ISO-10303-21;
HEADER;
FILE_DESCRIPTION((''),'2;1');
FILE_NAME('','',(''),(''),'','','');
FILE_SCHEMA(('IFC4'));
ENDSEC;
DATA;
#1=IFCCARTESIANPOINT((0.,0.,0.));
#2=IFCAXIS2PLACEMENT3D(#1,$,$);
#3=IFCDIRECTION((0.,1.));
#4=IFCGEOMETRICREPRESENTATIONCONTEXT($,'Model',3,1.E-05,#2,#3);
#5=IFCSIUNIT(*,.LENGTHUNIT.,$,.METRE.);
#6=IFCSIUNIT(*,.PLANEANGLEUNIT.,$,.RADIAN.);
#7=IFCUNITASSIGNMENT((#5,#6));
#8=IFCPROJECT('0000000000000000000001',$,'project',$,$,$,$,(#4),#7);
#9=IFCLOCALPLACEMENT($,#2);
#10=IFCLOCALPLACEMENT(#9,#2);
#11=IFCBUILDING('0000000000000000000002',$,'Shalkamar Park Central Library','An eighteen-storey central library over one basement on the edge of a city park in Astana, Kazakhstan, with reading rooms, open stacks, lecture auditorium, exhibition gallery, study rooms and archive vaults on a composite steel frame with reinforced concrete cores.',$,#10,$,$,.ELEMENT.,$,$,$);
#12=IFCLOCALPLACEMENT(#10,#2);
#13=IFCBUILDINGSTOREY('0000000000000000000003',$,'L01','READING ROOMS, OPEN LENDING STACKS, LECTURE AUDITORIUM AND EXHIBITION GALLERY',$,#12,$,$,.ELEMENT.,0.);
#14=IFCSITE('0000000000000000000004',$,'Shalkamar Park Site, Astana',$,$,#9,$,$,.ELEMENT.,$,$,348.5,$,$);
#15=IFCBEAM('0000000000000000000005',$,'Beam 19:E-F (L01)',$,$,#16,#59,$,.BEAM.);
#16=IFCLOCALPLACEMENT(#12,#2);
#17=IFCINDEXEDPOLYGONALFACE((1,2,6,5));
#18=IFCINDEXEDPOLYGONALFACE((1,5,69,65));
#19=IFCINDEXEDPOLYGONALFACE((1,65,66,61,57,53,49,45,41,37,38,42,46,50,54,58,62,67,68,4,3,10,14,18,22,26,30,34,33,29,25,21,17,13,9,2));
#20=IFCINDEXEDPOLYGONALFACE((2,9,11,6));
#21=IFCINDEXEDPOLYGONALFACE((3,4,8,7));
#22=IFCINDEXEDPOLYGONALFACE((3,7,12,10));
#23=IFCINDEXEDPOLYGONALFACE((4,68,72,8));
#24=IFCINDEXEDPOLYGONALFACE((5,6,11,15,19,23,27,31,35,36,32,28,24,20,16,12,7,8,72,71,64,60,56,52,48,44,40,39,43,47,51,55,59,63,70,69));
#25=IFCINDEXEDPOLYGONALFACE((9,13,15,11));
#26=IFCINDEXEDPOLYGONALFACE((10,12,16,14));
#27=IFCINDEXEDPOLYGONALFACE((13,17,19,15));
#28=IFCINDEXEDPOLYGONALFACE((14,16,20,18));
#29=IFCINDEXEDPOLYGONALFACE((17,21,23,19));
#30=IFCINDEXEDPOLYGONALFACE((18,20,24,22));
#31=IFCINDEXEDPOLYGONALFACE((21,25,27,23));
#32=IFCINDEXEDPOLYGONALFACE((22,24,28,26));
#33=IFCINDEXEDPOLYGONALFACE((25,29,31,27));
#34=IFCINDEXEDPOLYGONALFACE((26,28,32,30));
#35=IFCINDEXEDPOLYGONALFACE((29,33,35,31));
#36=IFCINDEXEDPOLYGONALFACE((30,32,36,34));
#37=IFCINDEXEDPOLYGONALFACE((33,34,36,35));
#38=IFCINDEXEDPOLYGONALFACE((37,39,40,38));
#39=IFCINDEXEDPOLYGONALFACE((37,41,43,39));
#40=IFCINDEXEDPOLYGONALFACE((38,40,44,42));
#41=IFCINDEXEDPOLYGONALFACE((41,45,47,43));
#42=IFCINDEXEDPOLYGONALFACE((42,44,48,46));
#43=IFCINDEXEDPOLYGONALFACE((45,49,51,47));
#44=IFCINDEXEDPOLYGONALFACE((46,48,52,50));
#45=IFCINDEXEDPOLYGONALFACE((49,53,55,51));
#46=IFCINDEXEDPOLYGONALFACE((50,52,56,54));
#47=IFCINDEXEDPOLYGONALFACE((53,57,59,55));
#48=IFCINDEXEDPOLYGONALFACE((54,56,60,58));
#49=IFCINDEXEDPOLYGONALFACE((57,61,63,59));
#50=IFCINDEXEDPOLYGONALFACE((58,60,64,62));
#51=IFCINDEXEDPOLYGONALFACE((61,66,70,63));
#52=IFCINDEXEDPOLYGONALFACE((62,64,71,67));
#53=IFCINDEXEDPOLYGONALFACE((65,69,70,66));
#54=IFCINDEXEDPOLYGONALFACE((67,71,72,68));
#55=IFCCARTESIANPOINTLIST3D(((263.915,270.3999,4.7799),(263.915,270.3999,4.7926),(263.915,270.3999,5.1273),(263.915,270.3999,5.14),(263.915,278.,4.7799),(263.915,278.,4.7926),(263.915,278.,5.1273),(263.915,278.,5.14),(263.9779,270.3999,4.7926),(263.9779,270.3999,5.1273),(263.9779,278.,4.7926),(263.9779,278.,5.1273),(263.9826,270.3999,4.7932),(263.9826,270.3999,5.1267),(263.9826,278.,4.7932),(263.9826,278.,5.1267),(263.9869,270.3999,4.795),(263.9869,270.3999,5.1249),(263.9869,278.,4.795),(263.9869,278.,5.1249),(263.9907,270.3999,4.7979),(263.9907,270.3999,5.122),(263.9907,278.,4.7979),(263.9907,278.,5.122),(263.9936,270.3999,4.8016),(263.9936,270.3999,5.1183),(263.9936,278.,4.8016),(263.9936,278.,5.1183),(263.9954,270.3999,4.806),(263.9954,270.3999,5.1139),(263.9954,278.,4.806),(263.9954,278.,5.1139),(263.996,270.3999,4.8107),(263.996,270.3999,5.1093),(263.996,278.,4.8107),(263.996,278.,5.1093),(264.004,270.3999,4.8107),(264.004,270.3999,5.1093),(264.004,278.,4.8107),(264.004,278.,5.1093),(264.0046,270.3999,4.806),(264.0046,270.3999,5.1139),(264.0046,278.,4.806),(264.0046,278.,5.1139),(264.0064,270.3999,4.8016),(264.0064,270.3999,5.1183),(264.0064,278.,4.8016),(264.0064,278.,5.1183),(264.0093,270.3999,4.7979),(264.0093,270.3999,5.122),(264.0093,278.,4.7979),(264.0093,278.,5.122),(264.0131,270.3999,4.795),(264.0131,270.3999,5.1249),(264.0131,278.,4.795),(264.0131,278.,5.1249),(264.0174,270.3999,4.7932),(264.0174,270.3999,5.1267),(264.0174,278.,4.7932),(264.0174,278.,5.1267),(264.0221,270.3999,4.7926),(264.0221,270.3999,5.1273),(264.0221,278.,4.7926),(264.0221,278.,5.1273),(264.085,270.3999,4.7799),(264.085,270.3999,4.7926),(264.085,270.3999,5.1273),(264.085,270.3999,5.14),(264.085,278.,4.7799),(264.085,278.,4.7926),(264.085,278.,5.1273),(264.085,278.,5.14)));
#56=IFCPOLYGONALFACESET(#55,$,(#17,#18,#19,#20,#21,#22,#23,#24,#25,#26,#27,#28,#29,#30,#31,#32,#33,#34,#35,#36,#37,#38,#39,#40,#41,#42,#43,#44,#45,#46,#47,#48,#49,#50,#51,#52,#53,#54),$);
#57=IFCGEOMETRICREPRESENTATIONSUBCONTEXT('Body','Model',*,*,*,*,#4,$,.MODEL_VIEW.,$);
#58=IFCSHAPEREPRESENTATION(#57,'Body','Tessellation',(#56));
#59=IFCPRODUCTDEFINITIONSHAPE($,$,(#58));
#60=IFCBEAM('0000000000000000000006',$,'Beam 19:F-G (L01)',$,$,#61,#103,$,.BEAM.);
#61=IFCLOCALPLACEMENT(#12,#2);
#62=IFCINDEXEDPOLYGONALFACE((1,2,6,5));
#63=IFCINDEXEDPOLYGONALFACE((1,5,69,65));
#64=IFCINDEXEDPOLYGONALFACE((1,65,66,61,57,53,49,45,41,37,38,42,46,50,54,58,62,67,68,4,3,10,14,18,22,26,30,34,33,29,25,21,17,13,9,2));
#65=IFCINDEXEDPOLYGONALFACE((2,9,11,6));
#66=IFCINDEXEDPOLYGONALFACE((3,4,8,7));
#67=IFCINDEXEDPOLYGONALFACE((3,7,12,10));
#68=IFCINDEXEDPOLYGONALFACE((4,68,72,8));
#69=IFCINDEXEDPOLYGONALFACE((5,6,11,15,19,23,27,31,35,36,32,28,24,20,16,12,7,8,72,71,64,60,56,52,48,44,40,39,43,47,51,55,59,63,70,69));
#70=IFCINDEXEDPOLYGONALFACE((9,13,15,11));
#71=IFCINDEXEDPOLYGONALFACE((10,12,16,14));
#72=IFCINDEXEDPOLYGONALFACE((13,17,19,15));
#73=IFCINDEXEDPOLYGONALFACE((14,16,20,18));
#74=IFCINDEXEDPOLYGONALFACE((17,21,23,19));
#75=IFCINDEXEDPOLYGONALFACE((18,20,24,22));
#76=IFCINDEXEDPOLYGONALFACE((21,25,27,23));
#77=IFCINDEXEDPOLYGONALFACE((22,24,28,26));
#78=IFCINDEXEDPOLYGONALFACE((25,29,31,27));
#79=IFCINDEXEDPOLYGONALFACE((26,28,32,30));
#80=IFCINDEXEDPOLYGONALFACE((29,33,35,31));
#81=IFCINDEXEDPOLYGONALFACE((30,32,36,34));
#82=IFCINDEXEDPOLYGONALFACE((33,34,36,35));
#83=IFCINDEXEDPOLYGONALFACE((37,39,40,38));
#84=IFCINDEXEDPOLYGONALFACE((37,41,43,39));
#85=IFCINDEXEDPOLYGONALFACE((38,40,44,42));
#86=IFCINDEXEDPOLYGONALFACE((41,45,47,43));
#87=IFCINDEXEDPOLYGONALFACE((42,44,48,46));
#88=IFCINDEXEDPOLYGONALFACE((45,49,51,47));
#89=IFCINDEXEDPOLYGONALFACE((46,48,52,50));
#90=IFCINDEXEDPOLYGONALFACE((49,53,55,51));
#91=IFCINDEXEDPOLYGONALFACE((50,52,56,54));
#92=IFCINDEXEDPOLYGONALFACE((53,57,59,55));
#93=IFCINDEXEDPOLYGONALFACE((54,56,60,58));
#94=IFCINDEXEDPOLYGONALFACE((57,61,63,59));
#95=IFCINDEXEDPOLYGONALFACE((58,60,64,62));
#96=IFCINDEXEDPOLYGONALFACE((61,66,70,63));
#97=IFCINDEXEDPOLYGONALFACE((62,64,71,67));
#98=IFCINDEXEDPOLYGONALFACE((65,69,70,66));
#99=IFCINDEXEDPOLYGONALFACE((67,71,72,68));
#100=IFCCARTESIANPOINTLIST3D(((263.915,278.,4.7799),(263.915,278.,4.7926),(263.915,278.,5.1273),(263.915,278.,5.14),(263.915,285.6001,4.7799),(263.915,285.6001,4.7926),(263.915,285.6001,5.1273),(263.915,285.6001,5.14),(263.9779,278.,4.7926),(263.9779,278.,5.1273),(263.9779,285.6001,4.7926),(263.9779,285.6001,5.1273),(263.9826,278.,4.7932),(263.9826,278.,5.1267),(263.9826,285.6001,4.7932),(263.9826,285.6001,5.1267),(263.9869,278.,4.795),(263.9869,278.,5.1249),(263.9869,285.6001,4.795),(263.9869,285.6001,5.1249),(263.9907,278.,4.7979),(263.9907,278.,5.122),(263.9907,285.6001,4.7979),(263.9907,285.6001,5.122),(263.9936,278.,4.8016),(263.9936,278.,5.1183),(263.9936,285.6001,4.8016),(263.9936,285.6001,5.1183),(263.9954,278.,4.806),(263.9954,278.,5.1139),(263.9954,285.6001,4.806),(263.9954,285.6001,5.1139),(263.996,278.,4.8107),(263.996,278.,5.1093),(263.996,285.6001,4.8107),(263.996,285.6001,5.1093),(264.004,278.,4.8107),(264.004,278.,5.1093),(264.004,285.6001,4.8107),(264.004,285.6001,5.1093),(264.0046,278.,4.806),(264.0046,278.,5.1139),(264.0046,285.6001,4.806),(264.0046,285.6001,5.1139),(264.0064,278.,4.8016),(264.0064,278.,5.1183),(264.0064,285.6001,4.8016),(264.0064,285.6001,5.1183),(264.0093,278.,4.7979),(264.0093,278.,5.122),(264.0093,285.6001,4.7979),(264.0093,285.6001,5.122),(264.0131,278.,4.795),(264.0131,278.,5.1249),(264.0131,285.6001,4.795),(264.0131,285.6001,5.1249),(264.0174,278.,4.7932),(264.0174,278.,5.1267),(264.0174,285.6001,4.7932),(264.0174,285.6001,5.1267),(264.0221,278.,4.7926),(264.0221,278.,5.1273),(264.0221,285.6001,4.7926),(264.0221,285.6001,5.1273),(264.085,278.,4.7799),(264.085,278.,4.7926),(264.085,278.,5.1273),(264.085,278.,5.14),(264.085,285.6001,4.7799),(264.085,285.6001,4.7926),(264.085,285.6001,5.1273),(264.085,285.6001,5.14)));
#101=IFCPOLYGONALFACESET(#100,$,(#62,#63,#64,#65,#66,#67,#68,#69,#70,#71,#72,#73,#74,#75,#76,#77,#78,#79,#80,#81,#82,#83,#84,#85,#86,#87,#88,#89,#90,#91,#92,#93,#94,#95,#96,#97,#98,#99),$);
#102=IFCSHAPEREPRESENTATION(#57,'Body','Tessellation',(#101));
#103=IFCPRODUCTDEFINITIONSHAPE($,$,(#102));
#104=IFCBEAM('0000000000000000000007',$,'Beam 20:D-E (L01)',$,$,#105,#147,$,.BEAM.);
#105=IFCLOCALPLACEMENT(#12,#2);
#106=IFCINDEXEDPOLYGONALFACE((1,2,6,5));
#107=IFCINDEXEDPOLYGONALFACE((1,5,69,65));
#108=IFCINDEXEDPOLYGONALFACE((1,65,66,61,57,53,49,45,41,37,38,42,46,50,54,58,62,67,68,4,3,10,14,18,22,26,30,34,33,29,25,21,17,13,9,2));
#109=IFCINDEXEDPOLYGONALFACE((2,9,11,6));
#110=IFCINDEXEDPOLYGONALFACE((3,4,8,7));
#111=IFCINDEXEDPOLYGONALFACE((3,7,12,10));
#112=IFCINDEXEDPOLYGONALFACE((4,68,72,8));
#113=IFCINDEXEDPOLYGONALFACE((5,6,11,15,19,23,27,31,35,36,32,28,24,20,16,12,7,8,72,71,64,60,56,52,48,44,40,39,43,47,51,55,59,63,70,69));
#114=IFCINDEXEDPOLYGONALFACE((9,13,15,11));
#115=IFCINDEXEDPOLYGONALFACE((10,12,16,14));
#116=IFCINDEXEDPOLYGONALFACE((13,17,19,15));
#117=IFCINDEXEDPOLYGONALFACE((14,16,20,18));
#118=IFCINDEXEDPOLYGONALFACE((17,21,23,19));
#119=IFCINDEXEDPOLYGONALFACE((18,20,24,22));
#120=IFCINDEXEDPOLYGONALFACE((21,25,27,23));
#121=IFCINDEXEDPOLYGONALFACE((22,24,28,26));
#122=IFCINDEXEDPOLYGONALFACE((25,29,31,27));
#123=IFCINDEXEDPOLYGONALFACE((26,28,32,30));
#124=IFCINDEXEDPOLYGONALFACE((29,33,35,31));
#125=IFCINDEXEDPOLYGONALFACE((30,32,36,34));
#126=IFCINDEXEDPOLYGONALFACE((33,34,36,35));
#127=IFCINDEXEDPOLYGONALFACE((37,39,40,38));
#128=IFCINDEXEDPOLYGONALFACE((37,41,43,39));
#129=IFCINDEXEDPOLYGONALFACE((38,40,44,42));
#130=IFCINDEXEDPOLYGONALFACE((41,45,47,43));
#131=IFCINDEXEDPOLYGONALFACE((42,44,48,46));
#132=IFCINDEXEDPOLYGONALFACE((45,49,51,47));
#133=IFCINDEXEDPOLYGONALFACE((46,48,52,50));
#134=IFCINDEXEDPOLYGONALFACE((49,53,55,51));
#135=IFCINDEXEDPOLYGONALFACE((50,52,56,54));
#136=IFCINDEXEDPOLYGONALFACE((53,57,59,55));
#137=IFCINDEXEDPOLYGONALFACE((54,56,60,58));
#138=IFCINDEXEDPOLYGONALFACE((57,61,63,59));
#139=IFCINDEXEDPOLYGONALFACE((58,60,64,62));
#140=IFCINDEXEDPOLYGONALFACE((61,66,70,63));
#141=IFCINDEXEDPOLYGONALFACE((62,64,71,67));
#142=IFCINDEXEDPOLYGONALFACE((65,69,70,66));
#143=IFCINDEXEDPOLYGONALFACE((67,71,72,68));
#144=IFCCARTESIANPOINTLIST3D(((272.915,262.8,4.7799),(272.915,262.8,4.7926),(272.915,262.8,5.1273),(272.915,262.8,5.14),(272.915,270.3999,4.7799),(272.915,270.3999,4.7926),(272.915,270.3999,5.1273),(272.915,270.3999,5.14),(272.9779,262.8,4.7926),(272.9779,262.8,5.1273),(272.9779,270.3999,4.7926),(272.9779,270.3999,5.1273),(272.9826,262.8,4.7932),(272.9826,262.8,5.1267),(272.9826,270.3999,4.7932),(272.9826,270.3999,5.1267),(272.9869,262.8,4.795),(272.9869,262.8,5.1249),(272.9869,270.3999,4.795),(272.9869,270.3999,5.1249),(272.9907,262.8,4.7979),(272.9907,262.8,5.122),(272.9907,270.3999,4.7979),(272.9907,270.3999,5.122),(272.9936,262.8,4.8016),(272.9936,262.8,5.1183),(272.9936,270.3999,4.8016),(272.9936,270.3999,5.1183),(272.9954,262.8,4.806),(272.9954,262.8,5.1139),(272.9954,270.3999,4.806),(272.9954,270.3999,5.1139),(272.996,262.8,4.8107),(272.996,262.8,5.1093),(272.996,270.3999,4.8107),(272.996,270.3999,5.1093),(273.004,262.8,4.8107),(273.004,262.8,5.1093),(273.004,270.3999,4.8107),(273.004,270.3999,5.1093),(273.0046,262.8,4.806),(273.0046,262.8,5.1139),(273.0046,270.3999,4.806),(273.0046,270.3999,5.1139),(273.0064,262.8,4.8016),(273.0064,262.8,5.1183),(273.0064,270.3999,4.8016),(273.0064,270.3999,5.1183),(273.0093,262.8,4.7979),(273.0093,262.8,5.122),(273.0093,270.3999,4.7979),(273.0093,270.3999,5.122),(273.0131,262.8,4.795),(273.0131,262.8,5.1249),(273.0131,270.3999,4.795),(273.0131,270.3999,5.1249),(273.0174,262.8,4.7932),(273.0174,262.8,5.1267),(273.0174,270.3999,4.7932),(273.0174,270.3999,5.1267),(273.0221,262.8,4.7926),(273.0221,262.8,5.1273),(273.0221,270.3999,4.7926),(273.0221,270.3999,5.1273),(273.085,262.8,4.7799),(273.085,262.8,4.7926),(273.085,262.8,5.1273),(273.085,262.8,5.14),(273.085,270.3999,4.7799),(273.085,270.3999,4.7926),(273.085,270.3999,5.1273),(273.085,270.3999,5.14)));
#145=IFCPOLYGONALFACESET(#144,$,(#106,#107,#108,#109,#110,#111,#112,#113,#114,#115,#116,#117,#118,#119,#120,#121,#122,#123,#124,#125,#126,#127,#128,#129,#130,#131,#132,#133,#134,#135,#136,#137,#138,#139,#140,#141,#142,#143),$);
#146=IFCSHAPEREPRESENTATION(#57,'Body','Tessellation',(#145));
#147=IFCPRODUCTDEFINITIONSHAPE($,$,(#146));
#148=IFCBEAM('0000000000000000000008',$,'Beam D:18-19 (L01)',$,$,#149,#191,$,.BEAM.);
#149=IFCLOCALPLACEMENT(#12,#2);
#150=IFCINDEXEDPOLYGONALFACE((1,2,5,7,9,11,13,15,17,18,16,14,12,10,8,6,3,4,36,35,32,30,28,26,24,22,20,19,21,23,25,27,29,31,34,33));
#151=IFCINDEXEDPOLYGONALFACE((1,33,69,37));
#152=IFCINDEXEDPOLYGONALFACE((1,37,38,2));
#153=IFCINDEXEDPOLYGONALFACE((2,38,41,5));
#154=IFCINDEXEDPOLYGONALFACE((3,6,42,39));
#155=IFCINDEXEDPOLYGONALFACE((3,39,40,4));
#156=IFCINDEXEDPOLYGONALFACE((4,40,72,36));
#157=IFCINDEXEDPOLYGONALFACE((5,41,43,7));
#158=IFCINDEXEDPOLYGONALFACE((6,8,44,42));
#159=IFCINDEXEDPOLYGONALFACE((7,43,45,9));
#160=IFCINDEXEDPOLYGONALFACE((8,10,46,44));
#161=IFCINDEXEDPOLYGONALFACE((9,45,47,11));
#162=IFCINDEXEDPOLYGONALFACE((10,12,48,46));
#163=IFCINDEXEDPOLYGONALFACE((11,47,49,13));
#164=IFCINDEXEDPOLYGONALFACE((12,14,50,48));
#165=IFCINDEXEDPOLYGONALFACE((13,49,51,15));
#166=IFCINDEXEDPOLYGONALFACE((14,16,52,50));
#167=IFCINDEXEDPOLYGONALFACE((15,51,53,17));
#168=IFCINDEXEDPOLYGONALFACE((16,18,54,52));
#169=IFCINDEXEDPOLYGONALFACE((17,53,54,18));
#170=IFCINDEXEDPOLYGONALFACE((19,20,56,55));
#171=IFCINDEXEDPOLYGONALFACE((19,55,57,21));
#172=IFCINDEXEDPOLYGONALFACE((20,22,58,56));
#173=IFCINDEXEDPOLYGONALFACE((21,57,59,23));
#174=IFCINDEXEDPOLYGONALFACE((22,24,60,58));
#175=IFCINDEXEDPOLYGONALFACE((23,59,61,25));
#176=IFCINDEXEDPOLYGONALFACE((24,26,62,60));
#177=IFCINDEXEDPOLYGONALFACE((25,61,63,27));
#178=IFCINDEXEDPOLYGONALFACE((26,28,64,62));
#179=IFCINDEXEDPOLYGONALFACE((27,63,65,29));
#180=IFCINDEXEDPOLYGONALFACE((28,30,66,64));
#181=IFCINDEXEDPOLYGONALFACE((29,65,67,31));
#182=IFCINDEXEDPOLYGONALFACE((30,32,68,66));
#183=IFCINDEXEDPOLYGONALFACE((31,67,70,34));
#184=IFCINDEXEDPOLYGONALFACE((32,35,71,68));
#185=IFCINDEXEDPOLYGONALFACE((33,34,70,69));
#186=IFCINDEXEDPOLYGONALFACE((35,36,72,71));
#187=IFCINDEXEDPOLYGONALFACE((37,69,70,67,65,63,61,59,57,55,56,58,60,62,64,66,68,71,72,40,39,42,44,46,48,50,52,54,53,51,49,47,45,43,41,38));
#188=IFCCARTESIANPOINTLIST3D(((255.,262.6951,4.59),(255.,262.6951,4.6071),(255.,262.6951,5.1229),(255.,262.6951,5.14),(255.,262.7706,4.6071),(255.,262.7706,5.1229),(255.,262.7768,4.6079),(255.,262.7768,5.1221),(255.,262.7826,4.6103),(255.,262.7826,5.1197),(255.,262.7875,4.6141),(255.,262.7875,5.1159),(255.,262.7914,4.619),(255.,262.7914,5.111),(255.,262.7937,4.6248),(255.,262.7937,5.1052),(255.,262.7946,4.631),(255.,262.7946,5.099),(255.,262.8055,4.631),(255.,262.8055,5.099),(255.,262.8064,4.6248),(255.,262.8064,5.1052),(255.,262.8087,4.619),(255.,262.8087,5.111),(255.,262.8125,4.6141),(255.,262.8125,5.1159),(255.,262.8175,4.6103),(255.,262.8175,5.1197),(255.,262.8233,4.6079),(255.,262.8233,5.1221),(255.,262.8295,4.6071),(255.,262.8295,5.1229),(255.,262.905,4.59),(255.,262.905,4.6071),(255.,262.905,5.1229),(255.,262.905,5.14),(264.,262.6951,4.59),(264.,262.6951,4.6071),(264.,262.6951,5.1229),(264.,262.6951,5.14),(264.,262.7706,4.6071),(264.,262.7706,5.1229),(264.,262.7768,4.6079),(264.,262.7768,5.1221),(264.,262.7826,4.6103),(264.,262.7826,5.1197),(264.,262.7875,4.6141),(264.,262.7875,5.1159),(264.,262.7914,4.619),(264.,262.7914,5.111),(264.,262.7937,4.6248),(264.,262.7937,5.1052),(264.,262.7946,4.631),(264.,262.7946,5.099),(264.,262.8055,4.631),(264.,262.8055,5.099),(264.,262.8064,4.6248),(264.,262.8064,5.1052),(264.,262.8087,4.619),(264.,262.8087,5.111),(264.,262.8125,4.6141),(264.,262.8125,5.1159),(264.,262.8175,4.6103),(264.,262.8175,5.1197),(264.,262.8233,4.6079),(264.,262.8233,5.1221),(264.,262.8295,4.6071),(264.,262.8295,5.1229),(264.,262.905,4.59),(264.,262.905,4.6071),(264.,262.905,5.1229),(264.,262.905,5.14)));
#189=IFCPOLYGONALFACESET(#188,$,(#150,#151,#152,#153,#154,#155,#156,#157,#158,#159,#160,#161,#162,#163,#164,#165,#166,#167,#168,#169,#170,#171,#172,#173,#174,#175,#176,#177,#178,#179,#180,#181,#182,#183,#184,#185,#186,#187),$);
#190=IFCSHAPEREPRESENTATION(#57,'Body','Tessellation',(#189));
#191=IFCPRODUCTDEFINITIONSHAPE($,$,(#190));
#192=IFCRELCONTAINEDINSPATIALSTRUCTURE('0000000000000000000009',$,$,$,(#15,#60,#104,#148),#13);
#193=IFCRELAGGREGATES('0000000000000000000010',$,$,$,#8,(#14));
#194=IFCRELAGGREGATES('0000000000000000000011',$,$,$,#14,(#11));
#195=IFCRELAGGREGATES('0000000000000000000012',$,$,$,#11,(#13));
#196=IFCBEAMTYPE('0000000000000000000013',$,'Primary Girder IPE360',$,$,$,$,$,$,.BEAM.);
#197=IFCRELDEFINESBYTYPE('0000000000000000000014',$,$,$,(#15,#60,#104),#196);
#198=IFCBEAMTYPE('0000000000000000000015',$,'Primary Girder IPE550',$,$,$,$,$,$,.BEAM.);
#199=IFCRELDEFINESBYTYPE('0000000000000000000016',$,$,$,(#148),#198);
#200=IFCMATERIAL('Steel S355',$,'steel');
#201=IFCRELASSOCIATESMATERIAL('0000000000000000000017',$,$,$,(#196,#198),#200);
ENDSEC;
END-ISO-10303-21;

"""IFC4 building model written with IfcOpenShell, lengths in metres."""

from ifc_helpers import new_model, si_unit, direction, frame, origin, origin_2d, place, context, subcontext, project, spatial, i_section, extrude, material, material_profile, profile_set, type_object, element, save


model = new_model("IFC4")

# Units and contexts
model_context = context("Model", 3, precision=1e-05, world=origin(), true_north=direction((0.0, 1.0)))
body_context = subcontext(model_context, "Body", "Model", "MODEL_VIEW")
ifc_project = project(units=[si_unit("LENGTHUNIT", "METRE"), si_unit("PLANEANGLEUNIT", "RADIAN")], contexts=[model_context])

# Site, building, storey
site_placement = place(None, origin())
site = spatial("IfcSite", under=ifc_project, at=site_placement, Name="Shalkamar Park Site, Astana", CompositionType="ELEMENT", RefElevation=348.5)
building_placement = place(site_placement, origin())
building = spatial("IfcBuilding", under=site, at=building_placement, Name="Shalkamar Park Central Library", Description="An eighteen-storey central library over one basement on the edge of a city park in Astana, Kazakhstan, with reading rooms, open stacks, lecture auditorium, exhibition gallery, study rooms and archive vaults on a composite steel frame with reinforced concrete cores.", CompositionType="ELEMENT")
storey_placement = place(building_placement, origin())
storey = spatial("IfcBuildingStorey", under=building, at=storey_placement, Name="L01", Description="READING ROOMS, OPEN LENDING STACKS, LECTURE AUDITORIUM AND EXHIBITION GALLERY", CompositionType="ELEMENT", Elevation=0.0)

# Shared definitions
ifc_material_1 = material(Name="Steel S355", Category="steel")

# Beams
ifc_material_profile_1 = material_profile(ifc_material_1, i_section(OverallWidth=0.1699, OverallDepth=0.3601, WebThickness=0.0081, FlangeThickness=0.0127, FilletRadius=0.0181, at=origin_2d()), Name="IPE 360")
ifc_profile_set_1 = profile_set([ifc_material_profile_1], Name="Steel S355")
beam_type_1 = type_object("IfcBeamType", Name="Primary Girder IPE360", PredefinedType="BEAM", material=ifc_profile_set_1)
for number, where, z_axis, x_axis, name in (
    (1, (264.0, 270.3999, 4.96), (0.0, 1.0, 0.0), (-1.0, 0.0, 0.0), "Beam 19:E-F (L01)"),
    (2, (264.0, 278.0, 4.96), (0.0, 1.0, 0.0), (-1.0, 0.0, 0.0), "Beam 19:F-G (L01)"),
):
    element("IfcBeam", number, at=place(storey_placement, frame(where, z_axis=z_axis, x_axis=x_axis)), inside=storey, type_object=beam_type_1, Name=name, PredefinedType="BEAM", context=body_context, shape_type="SweptSolid", body=[
        extrude(i_section(OverallWidth=0.1699, OverallDepth=0.3601, WebThickness=0.0081, FlangeThickness=0.0127, FilletRadius=0.0181, at=origin_2d()), origin(), (0.0, 0.0, 1.0), 7.6001),
    ])
beam_1_placement = place(storey_placement, frame((273.0, 262.8, 4.96), z_axis=(0.0, 1.0, 0.0), x_axis=(-1.0, 0.0, 0.0)))
element("IfcBeam", 3, at=beam_1_placement, inside=storey, type_object=beam_type_1, Name="Beam 20:D-E (L01)", PredefinedType="BEAM", context=body_context, shape_type="SweptSolid", body=[
    extrude(i_section(OverallWidth=0.1699, OverallDepth=0.3601, WebThickness=0.0081, FlangeThickness=0.0127, FilletRadius=0.0181, at=origin_2d()), origin(), (0.0, 0.0, 1.0), 7.5999),
])
ifc_material_profile_2 = material_profile(ifc_material_1, i_section(OverallWidth=0.21, OverallDepth=0.55, WebThickness=0.011, FlangeThickness=0.0171, FilletRadius=0.0239, at=origin_2d()), Name="IPE 550")
ifc_profile_set_2 = profile_set([ifc_material_profile_2], Name="Steel S355")
beam_type_2 = type_object("IfcBeamType", Name="Primary Girder IPE550", PredefinedType="BEAM", material=ifc_profile_set_2)
for number, where, z_axis, x_axis, name in (
    (4, (255.0, 262.8, 4.865), (1.0, 0.0, 0.0), (0.0, 1.0, 0.0), "Beam D:18-19 (L01)"),
):
    element("IfcBeam", number, at=place(storey_placement, frame(where, z_axis=z_axis, x_axis=x_axis)), inside=storey, type_object=beam_type_2, Name=name, PredefinedType="BEAM", context=body_context, shape_type="SweptSolid", body=[
        extrude(i_section(OverallWidth=0.21, OverallDepth=0.55, WebThickness=0.011, FlangeThickness=0.0171, FilletRadius=0.0239, at=origin_2d()), origin(), (0.0, 0.0, 1.0), 9.0),
    ])

save(model, "model.ifc")
